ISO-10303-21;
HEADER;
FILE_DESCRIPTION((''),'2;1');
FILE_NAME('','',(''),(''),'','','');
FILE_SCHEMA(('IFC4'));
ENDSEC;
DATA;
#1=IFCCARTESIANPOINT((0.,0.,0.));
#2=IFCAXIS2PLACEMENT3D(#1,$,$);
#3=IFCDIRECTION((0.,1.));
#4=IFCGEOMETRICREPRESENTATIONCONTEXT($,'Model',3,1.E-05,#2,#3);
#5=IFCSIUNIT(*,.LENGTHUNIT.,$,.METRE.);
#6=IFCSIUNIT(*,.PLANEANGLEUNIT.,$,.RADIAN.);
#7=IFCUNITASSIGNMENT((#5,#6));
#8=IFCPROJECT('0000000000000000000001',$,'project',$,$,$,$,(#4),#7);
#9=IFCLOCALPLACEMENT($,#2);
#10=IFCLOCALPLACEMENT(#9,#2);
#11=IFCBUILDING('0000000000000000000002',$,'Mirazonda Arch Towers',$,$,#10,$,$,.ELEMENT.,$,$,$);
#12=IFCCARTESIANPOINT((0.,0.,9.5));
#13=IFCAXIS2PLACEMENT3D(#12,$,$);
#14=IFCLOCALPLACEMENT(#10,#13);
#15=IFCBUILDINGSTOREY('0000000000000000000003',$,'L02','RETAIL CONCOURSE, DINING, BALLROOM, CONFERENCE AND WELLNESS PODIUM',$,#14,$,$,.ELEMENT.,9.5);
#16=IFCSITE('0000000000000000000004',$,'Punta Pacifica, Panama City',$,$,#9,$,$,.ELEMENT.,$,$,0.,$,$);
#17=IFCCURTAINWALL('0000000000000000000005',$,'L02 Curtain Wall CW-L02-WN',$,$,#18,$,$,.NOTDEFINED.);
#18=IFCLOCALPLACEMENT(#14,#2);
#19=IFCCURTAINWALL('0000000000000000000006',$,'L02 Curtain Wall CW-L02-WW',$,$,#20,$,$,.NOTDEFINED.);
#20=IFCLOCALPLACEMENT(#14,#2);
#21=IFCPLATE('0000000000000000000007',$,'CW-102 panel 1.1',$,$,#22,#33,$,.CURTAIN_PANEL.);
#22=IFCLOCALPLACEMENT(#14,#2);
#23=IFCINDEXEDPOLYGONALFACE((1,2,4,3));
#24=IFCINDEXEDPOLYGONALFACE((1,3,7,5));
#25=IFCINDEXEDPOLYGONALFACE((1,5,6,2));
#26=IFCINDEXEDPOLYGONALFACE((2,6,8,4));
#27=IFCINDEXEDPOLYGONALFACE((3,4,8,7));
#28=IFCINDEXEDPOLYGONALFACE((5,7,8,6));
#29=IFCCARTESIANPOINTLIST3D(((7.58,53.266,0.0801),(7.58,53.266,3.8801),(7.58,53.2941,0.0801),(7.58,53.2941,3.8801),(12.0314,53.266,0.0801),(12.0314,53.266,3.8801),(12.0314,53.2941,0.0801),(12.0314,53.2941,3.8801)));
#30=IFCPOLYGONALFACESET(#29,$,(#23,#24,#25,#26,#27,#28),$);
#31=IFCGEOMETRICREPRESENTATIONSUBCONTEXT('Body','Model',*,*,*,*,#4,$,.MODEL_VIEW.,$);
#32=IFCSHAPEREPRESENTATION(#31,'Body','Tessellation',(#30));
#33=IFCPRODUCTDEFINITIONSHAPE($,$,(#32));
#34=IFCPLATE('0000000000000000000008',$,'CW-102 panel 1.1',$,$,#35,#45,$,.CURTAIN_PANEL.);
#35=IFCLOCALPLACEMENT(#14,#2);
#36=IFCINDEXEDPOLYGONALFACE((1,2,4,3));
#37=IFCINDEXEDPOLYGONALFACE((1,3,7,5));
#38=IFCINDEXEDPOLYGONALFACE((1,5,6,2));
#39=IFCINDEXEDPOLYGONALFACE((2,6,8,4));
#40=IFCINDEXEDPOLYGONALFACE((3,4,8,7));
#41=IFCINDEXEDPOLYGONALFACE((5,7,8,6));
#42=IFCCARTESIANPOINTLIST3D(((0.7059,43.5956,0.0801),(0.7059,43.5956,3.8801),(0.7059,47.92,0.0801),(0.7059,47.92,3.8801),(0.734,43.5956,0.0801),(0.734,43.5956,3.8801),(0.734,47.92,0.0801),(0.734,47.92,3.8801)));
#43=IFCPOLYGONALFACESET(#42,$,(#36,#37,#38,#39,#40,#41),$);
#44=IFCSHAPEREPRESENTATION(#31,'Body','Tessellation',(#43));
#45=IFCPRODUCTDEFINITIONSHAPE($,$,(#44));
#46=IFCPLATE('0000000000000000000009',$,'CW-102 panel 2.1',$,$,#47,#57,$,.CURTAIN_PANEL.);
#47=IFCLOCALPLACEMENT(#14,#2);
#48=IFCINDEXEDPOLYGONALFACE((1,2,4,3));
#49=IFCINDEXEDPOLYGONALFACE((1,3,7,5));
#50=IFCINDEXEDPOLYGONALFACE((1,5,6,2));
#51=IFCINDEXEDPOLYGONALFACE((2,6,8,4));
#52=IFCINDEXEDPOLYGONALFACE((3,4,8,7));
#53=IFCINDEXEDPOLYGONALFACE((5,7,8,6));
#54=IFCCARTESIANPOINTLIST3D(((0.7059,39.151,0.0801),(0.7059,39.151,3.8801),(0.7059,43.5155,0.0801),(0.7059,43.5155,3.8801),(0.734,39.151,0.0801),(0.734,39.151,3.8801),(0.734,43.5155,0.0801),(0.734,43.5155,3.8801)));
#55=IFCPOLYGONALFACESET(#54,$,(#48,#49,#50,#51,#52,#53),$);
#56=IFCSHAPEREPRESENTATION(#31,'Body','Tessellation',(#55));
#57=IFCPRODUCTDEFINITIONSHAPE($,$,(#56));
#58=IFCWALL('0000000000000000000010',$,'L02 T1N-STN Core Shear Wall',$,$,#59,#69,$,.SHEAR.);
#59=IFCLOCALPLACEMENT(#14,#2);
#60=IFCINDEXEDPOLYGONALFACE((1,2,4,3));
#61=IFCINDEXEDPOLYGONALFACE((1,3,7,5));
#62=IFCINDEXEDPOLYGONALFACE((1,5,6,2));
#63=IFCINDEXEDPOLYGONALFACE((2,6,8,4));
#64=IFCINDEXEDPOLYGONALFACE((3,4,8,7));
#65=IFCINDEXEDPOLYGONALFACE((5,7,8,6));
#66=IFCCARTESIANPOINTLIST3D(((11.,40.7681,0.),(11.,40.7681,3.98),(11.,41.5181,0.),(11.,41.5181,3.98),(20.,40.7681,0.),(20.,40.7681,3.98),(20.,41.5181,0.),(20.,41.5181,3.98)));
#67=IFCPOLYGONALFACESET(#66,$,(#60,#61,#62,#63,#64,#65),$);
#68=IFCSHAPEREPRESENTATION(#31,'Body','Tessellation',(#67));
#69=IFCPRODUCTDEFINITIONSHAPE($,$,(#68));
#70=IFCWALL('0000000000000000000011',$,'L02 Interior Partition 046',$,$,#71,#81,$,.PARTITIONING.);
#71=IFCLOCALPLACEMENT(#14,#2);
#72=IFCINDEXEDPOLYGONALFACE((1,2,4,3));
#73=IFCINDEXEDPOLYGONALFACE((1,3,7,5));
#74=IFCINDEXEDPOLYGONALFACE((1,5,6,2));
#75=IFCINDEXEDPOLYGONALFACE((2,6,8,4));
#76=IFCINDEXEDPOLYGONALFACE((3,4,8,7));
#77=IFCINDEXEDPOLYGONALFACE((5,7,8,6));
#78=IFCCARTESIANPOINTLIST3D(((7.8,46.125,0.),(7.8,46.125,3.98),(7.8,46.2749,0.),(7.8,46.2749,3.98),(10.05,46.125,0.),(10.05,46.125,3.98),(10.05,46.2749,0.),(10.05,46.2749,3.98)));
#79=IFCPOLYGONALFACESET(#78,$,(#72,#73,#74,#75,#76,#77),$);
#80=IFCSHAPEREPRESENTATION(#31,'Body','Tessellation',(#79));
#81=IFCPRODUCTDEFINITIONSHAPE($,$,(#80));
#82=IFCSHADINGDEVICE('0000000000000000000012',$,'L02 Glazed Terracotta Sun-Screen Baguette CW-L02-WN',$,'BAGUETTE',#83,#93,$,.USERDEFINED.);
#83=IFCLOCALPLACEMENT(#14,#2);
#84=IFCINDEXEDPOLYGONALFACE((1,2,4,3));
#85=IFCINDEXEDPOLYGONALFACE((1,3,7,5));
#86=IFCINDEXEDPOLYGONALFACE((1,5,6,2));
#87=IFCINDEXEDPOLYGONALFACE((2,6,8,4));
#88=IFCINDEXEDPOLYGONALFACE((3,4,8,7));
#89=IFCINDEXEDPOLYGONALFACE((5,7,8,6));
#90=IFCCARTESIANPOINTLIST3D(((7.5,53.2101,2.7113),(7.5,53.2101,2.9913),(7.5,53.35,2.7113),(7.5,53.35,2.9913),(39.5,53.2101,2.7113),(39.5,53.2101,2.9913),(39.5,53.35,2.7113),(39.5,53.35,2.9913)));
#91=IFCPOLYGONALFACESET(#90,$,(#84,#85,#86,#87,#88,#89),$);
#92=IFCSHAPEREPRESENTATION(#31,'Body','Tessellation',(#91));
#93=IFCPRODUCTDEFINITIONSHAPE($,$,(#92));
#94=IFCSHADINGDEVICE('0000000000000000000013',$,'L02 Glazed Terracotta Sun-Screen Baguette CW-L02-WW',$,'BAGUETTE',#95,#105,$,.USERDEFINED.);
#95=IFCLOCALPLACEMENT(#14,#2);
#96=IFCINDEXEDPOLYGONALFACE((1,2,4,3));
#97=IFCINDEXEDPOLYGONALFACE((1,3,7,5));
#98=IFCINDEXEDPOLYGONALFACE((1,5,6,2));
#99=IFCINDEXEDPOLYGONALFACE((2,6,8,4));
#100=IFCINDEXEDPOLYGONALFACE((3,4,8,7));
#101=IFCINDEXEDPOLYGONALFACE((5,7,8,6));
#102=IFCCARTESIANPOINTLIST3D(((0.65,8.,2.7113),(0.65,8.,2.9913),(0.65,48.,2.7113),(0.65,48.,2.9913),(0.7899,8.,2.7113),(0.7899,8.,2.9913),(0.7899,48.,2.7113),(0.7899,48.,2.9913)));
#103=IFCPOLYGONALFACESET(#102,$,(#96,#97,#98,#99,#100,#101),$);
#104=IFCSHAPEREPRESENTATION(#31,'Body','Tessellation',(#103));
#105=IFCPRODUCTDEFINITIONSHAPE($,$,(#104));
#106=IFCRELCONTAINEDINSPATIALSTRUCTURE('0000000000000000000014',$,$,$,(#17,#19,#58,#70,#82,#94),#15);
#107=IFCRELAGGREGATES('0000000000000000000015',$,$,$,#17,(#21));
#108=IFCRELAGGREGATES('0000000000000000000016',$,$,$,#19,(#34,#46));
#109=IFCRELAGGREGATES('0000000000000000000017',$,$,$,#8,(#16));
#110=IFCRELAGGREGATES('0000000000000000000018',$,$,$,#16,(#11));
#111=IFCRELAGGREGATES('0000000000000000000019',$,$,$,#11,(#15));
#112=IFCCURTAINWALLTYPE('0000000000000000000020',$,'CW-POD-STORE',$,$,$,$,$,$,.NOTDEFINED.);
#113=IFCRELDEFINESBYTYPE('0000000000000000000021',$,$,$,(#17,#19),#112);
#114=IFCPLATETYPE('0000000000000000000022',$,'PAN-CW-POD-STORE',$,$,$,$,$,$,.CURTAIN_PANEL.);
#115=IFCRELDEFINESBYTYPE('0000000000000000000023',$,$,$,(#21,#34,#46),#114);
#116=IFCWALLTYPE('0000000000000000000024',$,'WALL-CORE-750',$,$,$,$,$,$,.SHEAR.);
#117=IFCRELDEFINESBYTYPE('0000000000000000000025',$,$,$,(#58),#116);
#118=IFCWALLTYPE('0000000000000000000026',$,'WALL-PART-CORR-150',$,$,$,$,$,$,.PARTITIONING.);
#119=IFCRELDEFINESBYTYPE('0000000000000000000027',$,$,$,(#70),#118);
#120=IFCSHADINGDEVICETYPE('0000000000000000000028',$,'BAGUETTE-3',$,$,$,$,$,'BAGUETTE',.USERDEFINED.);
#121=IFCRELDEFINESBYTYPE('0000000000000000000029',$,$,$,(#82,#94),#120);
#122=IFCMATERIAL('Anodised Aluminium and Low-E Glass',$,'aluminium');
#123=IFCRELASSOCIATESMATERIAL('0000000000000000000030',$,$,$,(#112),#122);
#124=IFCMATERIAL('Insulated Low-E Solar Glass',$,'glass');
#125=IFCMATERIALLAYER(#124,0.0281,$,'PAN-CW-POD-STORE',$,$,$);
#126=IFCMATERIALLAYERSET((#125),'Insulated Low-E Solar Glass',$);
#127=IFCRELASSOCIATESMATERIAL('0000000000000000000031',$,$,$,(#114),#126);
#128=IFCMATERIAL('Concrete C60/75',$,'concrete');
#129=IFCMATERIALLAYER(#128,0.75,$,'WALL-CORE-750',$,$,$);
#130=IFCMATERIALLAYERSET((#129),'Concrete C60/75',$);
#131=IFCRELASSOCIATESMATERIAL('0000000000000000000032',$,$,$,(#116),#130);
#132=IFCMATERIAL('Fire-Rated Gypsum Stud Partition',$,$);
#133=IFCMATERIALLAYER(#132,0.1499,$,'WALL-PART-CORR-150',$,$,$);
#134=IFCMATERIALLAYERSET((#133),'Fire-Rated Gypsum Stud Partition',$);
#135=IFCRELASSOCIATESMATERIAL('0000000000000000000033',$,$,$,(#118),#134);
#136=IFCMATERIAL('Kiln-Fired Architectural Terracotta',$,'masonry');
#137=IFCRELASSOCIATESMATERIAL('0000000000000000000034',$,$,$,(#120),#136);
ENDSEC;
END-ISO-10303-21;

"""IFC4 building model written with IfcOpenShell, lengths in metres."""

from ifc_helpers import new_model, si_unit, direction, frame, frame_2d, origin, origin_2d, place, context, subcontext, project, spatial, rectangle, extrude, material, layer, layer_set, material_profile, profile_set, type_object, element, aggregate, save


model = new_model("IFC4")

# Units and contexts
model_context = context("Model", 3, precision=1e-05, world=origin(), true_north=direction((0.0, 1.0)))
body_context = subcontext(model_context, "Body", "Model", "MODEL_VIEW")
ifc_project = project(units=[si_unit("LENGTHUNIT", "METRE"), si_unit("PLANEANGLEUNIT", "RADIAN")], contexts=[model_context])

# Site, building, storey
site_placement = place(None, origin())
site = spatial("IfcSite", under=ifc_project, at=site_placement, Name="Punta Pacifica, Panama City", CompositionType="ELEMENT", RefElevation=0.0)
building_placement = place(site_placement, origin())
building = spatial("IfcBuilding", under=site, at=building_placement, Name="Mirazonda Arch Towers", CompositionType="ELEMENT")
storey_placement = place(building_placement, frame((0.0, 0.0, 9.5)))
storey = spatial("IfcBuildingStorey", under=building, at=storey_placement, Name="L02", Description="RETAIL CONCOURSE, DINING, BALLROOM, CONFERENCE AND WELLNESS PODIUM", CompositionType="ELEMENT", Elevation=9.5)

# Shared definitions
ifc_material_1 = material(Name="Concrete C60/75", Category="concrete")

# Curtain wall
ifc_material_2 = material(Name="Anodised Aluminium and Low-E Glass", Category="aluminium")
curtain_wall_type = type_object("IfcCurtainWallType", Name="CW-POD-STORE", PredefinedType="NOTDEFINED", material=ifc_material_2)
curtain_wall_1_placement = place(storey_placement, origin())
curtain_wall_1 = element("IfcCurtainWall", 1, at=curtain_wall_1_placement, inside=storey, type_object=curtain_wall_type, Name="L02 Curtain Wall CW-L02-WN", PredefinedType="NOTDEFINED")

# Curtain wall
curtain_wall_2_placement = place(storey_placement, origin())
curtain_wall_2 = element("IfcCurtainWall", 2, at=curtain_wall_2_placement, inside=storey, type_object=curtain_wall_type, Name="L02 Curtain Wall CW-L02-WW", PredefinedType="NOTDEFINED")

# Plates
ifc_material_3 = material(Name="Insulated Low-E Solar Glass", Category="glass")
ifc_layer_1 = layer(ifc_material_3, 0.0281, Name="PAN-CW-POD-STORE")
ifc_layer_set_1 = layer_set([ifc_layer_1], Name="Insulated Low-E Solar Glass")
plate_type = type_object("IfcPlateType", Name="PAN-CW-POD-STORE", PredefinedType="CURTAIN_PANEL", material=ifc_layer_set_1)
plate_1_placement = place(storey_placement, frame((9.8057, 53.28, 0.0801), z_axis=(0.0, 0.0, 1.0), x_axis=(1.0, 0.0, 0.0)))
plate_1 = element("IfcPlate", 3, at=plate_1_placement, type_object=plate_type, Name="CW-102 panel 1.1", PredefinedType="CURTAIN_PANEL", context=body_context, shape_type="SweptSolid", body=[
    extrude(rectangle(XDim=4.4514, YDim=0.0281, at=origin_2d()), origin(), (0.0, 0.0, 1.0), 3.8),
])
aggregate(curtain_wall_1, [plate_1])
plate_2_placement = place(storey_placement, frame((0.72, 45.7578, 0.0801), z_axis=(0.0, 0.0, 1.0), x_axis=(0.0, -1.0, 0.0)))
plate_2 = element("IfcPlate", 4, at=plate_2_placement, type_object=plate_type, Name="CW-102 panel 1.1", PredefinedType="CURTAIN_PANEL", context=body_context, shape_type="SweptSolid", body=[
    extrude(rectangle(XDim=4.3245, YDim=0.0281, at=origin_2d()), origin(), (0.0, 0.0, 1.0), 3.8),
])
plate_3_placement = place(storey_placement, frame((0.72, 41.3333, 0.0801), z_axis=(0.0, 0.0, 1.0), x_axis=(0.0, -1.0, 0.0)))
plate_3 = element("IfcPlate", 5, at=plate_3_placement, type_object=plate_type, Name="CW-102 panel 2.1", PredefinedType="CURTAIN_PANEL", context=body_context, shape_type="SweptSolid", body=[
    extrude(rectangle(XDim=4.3645, YDim=0.0281, at=origin_2d()), origin(), (0.0, 0.0, 1.0), 3.8),
])
aggregate(curtain_wall_2, [plate_2, plate_3])

# Walls
ifc_layer_2 = layer(ifc_material_1, 0.75, Name="WALL-CORE-750")
ifc_layer_set_2 = layer_set([ifc_layer_2], Name="Concrete C60/75")
wall_type_1 = type_object("IfcWallType", Name="WALL-CORE-750", PredefinedType="SHEAR", material=ifc_layer_set_2)
wall_1_placement = place(storey_placement, frame((11.0, 41.1431, 0.0), z_axis=(0.0, 0.0, 1.0), x_axis=(1.0, 0.0, 0.0)))
element("IfcWall", 6, at=wall_1_placement, inside=storey, type_object=wall_type_1, Name="L02 T1N-STN Core Shear Wall", PredefinedType="SHEAR", context=body_context, shape_type="SweptSolid", body=[
    extrude(rectangle(XDim=9.0, YDim=0.75, at=frame_2d((4.5, 0.0))), origin(), (0.0, 0.0, 1.0), 3.98),
])
ifc_material_4 = material(Name="Fire-Rated Gypsum Stud Partition")
ifc_layer_3 = layer(ifc_material_4, 0.1499, Name="WALL-PART-CORR-150")
ifc_layer_set_3 = layer_set([ifc_layer_3], Name="Fire-Rated Gypsum Stud Partition")
wall_type_2 = type_object("IfcWallType", Name="WALL-PART-CORR-150", PredefinedType="PARTITIONING", material=ifc_layer_set_3)
wall_2_placement = place(storey_placement, frame((7.8, 46.2, 0.0), z_axis=(0.0, 0.0, 1.0), x_axis=(1.0, 0.0, 0.0)))
element("IfcWall", 7, at=wall_2_placement, inside=storey, type_object=wall_type_2, Name="L02 Interior Partition 046", PredefinedType="PARTITIONING", context=body_context, shape_type="SweptSolid", body=[
    extrude(rectangle(XDim=2.25, YDim=0.1499, at=frame_2d((1.125, 0.0))), origin(), (0.0, 0.0, 1.0), 3.98),
])

# Shading devices
ifc_material_5 = material(Name="Kiln-Fired Architectural Terracotta", Category="masonry")
ifc_material_profile_1 = material_profile(ifc_material_5, rectangle(XDim=0.1399, YDim=0.28, at=origin_2d()), Name="TERRA-BAG-140x280")
ifc_profile_set_1 = profile_set([ifc_material_profile_1], Name="Kiln-Fired Architectural Terracotta")
shading_device_type = type_object("IfcShadingDeviceType", Name="BAGUETTE-3", ElementType="BAGUETTE", PredefinedType="USERDEFINED", material=ifc_profile_set_1)
shading_device_1_placement = place(storey_placement, frame((7.5, 53.28, 2.8513), z_axis=(1.0, 0.0, 0.0), x_axis=(0.0, 1.0, 0.0)))
element("IfcShadingDevice", 8, at=shading_device_1_placement, inside=storey, type_object=shading_device_type, Name="L02 Glazed Terracotta Sun-Screen Baguette CW-L02-WN", ObjectType="BAGUETTE", PredefinedType="USERDEFINED", context=body_context, shape_type="SweptSolid", body=[
    extrude(rectangle(XDim=0.1399, YDim=0.28, at=origin_2d()), origin(), (0.0, 0.0, 1.0), 32.0),
])
shading_device_2_placement = place(storey_placement, frame((0.72, 48.0, 2.8513), z_axis=(0.0, -1.0, 0.0), x_axis=(1.0, 0.0, 0.0)))
element("IfcShadingDevice", 9, at=shading_device_2_placement, inside=storey, type_object=shading_device_type, Name="L02 Glazed Terracotta Sun-Screen Baguette CW-L02-WW", ObjectType="BAGUETTE", PredefinedType="USERDEFINED", context=body_context, shape_type="SweptSolid", body=[
    extrude(rectangle(XDim=0.1399, YDim=0.28, at=origin_2d()), origin(), (0.0, 0.0, 1.0), 40.0),
])

save(model, "model.ifc")
